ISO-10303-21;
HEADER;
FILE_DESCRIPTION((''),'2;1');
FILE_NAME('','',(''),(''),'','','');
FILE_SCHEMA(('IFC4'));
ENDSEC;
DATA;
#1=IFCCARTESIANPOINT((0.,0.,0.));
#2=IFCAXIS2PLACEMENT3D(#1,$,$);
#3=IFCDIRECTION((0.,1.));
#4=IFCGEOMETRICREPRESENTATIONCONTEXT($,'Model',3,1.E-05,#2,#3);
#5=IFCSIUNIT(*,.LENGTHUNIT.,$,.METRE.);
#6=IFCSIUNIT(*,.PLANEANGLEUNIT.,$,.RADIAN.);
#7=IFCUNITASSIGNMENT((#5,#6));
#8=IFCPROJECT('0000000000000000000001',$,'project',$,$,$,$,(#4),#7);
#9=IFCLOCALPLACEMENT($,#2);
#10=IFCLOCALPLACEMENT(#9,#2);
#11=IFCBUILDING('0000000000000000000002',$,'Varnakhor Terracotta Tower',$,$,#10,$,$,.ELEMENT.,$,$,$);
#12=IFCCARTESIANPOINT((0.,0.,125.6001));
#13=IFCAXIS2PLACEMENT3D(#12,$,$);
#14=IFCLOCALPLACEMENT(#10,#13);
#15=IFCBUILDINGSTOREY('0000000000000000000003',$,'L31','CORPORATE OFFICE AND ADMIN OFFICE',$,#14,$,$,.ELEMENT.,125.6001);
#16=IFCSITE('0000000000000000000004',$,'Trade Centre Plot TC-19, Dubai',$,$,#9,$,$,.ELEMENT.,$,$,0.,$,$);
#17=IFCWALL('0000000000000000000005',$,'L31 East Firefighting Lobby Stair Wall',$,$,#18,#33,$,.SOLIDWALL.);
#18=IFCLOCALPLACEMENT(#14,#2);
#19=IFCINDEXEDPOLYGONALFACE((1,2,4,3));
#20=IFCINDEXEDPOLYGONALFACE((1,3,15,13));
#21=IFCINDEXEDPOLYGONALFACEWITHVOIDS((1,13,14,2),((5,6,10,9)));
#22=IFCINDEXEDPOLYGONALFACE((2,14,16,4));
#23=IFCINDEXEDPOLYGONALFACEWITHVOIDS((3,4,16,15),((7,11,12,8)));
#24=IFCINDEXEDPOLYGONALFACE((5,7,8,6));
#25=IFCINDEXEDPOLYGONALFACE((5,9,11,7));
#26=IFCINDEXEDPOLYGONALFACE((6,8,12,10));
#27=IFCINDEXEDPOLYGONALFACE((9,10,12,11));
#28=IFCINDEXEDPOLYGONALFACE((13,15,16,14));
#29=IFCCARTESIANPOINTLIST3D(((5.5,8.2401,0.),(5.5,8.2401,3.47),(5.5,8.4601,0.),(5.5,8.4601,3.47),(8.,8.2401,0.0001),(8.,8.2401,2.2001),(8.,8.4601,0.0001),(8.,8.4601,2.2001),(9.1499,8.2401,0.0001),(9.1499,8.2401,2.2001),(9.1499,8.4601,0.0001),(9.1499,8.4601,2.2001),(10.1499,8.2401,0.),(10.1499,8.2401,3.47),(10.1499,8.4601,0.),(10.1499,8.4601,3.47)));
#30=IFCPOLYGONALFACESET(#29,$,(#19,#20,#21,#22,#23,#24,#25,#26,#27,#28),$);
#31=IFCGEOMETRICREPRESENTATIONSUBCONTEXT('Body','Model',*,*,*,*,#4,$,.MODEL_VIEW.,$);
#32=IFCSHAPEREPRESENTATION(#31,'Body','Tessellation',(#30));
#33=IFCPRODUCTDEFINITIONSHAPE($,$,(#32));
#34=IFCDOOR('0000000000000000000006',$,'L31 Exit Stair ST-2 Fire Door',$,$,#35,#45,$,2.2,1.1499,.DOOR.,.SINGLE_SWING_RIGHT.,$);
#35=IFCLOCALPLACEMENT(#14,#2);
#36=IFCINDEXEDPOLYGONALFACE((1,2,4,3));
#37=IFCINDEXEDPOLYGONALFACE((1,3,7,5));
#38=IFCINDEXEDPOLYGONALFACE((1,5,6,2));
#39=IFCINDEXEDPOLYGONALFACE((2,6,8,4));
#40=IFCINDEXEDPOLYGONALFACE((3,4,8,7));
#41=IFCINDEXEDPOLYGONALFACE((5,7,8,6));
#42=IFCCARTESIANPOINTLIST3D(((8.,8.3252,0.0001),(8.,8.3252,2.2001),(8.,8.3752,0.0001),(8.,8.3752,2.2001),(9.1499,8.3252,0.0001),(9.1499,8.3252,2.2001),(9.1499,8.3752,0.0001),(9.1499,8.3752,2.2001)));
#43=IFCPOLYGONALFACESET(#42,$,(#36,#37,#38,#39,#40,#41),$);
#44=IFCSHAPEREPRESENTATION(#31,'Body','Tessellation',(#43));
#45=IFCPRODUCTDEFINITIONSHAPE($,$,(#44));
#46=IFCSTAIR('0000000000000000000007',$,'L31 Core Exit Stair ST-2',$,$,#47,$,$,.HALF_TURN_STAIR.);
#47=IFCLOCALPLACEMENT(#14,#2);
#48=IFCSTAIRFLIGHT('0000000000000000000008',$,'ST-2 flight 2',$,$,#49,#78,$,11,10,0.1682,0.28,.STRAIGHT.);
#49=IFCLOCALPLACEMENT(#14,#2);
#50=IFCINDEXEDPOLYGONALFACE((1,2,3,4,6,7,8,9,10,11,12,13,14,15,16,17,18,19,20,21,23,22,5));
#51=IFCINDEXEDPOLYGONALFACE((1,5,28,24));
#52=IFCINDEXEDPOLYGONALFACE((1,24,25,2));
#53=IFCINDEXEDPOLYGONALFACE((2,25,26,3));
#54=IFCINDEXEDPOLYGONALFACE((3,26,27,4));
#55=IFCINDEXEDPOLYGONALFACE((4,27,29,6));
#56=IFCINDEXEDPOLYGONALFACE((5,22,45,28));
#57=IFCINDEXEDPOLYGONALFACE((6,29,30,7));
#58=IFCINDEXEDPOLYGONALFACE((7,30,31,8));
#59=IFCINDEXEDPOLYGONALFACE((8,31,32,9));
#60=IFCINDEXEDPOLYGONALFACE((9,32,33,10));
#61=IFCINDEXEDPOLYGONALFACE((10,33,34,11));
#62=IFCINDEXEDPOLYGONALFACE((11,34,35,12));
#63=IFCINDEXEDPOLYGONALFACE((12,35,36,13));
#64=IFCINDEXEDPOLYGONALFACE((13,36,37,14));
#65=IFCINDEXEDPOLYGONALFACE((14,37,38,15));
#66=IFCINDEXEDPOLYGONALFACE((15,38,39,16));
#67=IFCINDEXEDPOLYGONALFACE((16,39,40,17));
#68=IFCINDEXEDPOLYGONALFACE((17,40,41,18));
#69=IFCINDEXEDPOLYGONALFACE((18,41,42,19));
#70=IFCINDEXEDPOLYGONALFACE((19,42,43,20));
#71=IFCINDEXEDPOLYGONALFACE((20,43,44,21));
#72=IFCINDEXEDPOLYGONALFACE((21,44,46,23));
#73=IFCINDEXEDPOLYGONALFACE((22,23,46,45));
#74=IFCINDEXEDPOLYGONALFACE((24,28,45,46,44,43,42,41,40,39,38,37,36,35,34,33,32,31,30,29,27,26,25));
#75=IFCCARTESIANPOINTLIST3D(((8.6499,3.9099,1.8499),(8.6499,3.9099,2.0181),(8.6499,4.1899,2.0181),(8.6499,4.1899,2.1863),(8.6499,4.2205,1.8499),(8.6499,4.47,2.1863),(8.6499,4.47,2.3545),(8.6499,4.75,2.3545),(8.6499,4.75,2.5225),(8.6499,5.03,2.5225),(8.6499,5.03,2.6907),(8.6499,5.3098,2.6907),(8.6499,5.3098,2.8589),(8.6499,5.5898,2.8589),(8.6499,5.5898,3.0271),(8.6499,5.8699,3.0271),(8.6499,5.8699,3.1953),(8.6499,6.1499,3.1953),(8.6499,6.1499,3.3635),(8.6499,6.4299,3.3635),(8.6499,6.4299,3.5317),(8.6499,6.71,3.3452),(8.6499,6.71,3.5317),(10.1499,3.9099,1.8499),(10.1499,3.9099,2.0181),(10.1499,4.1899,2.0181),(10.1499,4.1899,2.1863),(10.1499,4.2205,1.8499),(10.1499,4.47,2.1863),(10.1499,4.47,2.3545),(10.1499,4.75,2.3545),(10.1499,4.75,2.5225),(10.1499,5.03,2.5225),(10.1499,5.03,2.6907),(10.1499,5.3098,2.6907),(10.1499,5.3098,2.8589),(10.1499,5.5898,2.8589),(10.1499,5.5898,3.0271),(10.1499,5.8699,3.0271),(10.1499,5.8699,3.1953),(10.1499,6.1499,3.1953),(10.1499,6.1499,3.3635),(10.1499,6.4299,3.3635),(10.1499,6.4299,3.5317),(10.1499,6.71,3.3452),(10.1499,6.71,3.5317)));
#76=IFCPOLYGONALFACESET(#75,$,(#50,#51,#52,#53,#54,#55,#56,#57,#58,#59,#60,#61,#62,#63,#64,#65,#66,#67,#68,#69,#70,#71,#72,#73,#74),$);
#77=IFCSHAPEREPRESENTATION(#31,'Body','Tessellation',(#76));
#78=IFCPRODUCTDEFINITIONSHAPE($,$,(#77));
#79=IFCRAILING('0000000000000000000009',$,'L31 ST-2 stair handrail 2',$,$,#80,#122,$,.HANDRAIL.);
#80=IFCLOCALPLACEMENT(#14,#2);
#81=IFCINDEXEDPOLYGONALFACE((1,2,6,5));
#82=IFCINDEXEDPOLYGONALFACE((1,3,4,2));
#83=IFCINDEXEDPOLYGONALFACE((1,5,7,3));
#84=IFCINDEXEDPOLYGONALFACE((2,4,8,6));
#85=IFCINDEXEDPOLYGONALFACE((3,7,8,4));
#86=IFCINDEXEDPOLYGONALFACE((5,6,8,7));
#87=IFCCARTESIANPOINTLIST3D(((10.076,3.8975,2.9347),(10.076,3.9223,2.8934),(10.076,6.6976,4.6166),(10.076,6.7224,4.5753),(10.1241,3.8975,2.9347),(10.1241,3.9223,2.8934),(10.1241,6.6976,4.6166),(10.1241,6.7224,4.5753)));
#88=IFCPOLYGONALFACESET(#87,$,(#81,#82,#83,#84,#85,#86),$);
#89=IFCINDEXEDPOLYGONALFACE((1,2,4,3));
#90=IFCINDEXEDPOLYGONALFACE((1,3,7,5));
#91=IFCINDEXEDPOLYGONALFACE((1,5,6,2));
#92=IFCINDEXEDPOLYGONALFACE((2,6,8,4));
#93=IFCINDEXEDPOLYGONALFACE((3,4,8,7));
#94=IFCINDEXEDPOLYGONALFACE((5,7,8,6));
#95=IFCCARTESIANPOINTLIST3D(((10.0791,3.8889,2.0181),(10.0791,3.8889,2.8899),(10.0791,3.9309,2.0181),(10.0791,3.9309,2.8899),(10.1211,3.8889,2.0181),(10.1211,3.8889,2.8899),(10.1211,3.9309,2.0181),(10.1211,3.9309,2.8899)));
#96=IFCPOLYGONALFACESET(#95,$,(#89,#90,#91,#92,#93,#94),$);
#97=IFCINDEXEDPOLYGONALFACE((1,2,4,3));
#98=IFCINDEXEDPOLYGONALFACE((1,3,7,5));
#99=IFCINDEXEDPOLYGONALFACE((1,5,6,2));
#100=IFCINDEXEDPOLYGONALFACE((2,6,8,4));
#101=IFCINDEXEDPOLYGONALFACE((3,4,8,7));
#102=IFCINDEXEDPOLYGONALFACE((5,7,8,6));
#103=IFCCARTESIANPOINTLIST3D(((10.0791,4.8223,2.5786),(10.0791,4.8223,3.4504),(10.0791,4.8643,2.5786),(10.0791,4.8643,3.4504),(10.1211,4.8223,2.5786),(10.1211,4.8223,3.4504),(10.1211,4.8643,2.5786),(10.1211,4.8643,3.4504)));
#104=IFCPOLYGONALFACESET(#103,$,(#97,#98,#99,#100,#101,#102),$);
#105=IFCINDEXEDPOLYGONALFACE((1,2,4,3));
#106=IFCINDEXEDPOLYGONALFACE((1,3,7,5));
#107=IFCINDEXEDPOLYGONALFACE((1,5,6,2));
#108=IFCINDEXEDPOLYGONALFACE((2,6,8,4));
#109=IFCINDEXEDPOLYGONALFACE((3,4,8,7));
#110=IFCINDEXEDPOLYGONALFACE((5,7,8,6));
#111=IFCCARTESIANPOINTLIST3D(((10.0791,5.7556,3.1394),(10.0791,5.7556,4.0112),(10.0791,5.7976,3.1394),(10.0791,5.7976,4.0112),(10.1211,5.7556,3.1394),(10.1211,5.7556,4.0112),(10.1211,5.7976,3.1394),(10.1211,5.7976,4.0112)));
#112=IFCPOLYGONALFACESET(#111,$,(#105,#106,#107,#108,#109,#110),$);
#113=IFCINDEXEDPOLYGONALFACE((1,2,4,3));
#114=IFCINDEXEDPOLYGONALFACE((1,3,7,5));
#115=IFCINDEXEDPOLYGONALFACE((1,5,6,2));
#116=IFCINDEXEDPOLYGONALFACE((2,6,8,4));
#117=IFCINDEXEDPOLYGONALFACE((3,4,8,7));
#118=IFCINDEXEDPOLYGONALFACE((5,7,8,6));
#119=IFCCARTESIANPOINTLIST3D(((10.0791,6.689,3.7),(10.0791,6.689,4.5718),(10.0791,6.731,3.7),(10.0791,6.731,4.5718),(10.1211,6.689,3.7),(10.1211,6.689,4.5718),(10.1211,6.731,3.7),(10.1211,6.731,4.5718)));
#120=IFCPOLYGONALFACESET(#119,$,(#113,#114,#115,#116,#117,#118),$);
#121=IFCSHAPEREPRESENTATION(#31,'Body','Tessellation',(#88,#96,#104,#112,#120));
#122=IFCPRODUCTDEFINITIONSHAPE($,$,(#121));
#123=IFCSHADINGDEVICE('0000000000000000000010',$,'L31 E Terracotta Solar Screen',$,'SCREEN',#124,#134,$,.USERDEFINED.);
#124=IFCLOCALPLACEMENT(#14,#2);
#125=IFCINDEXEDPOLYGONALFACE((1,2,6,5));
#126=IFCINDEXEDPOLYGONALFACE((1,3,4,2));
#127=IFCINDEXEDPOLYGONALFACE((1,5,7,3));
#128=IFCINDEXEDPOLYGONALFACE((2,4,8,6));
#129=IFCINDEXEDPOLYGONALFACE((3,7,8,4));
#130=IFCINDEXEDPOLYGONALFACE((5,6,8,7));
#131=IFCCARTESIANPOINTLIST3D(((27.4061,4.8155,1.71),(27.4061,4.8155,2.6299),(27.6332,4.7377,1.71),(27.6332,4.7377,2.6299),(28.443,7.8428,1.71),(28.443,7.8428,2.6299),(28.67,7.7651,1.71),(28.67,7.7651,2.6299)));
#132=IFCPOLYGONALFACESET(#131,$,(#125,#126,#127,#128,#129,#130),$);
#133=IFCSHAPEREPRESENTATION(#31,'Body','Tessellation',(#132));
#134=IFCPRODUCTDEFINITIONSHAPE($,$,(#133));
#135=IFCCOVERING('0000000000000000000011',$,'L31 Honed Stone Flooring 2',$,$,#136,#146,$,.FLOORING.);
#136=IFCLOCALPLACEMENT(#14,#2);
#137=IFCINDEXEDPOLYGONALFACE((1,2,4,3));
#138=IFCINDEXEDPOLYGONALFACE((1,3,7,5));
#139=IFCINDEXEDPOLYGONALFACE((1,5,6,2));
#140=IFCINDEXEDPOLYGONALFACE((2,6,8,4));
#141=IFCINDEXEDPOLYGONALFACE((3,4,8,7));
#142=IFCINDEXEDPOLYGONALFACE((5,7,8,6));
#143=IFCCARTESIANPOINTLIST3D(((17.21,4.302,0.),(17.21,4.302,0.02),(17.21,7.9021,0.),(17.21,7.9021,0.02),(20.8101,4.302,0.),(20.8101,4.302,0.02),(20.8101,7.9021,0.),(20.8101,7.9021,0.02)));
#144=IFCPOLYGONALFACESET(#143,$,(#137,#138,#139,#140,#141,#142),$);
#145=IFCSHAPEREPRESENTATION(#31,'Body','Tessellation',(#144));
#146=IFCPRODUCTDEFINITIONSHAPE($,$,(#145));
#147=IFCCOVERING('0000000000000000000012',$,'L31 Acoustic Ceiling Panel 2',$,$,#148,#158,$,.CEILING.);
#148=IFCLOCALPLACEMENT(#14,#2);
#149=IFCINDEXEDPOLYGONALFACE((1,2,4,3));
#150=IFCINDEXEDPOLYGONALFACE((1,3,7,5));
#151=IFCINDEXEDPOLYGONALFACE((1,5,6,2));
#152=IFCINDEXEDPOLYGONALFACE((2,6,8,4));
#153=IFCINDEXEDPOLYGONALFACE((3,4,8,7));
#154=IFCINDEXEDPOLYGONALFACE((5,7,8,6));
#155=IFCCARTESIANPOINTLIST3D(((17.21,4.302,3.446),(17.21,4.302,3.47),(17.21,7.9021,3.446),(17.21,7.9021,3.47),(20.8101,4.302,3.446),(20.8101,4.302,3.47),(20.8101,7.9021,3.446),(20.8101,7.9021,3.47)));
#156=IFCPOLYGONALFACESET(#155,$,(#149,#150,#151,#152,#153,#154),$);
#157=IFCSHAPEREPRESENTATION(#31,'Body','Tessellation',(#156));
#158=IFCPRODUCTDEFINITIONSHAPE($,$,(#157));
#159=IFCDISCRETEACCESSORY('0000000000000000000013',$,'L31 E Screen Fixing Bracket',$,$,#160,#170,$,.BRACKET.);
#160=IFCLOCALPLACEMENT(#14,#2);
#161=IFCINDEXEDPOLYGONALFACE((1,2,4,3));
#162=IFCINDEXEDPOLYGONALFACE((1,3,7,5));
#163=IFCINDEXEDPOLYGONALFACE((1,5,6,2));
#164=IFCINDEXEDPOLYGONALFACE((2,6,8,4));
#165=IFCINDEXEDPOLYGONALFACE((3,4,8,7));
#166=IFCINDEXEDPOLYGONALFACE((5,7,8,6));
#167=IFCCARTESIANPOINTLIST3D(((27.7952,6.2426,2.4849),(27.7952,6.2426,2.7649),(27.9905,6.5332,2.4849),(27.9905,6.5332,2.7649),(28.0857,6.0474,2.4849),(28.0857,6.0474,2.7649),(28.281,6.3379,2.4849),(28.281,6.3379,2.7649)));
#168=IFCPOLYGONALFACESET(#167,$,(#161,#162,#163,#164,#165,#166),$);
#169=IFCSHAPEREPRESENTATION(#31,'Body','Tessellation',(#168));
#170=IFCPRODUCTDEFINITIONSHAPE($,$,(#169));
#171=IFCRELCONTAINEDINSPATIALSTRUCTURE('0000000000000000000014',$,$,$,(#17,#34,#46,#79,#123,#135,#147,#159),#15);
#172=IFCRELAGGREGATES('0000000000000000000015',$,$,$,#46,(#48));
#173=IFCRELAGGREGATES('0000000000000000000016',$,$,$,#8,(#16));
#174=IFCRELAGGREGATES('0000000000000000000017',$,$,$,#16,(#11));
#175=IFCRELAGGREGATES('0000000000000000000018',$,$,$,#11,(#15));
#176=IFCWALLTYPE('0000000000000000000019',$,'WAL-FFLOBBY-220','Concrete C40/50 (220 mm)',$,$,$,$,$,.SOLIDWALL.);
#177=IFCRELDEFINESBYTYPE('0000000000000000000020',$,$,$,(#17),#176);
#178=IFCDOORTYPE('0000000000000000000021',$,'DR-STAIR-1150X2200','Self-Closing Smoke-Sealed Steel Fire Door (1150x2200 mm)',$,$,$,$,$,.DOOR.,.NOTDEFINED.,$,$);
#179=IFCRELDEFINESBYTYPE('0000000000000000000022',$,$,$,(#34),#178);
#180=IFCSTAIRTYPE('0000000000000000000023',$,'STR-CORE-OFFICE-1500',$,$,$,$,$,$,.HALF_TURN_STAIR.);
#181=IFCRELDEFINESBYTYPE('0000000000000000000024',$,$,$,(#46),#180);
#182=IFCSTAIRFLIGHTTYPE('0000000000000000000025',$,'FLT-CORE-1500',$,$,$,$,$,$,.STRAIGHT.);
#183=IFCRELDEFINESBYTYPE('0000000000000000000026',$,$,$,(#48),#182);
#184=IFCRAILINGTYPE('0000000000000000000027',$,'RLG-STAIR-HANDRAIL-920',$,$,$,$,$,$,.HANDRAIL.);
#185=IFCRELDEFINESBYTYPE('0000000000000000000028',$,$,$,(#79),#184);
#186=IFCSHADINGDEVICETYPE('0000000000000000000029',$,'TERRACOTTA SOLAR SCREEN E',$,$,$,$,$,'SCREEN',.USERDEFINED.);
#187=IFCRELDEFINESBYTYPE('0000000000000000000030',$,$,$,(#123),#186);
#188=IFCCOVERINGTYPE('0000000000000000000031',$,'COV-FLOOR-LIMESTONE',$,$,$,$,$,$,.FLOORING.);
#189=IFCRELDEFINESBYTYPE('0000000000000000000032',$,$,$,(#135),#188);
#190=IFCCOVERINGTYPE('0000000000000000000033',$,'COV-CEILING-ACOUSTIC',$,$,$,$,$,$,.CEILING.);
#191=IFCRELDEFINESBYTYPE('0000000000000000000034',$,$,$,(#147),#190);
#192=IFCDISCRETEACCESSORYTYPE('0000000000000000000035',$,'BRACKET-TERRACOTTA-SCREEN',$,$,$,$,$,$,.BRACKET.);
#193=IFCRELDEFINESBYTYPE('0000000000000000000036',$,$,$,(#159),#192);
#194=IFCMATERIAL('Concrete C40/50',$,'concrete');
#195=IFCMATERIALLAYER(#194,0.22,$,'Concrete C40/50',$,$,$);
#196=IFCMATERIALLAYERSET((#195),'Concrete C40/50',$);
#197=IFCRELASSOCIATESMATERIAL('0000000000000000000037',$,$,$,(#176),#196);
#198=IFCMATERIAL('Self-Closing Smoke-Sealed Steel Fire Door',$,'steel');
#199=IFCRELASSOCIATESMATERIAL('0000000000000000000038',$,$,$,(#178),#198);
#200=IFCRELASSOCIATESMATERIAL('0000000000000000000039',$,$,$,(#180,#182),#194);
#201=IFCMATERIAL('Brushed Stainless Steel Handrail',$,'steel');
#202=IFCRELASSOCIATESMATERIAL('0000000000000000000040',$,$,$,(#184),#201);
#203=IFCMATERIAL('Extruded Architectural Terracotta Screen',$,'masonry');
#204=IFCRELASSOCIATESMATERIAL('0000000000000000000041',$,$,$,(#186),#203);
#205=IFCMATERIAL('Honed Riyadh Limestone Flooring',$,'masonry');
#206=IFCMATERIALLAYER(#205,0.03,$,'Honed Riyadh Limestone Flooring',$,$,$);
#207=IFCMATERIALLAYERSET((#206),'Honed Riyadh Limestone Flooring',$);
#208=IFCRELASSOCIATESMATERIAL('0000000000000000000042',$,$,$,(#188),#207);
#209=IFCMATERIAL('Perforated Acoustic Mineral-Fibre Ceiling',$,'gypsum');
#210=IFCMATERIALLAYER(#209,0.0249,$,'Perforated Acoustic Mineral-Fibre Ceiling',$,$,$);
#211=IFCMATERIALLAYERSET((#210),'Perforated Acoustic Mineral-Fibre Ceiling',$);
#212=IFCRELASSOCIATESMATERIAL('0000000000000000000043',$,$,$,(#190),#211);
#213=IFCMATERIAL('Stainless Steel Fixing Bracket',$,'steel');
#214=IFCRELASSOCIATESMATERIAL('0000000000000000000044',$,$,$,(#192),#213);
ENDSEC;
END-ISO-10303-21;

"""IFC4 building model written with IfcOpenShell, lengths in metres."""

from ifc_helpers import new_model, si_unit, direction, frame, frame_2d, origin, origin_2d, place, context, subcontext, project, spatial, polyline, rectangle, outline, extrude, source, transform, mapped, material, layer, layer_set, type_object, type_shapes, element, fill, aggregate, save


model = new_model("IFC4")

# Units and contexts
model_context = context("Model", 3, precision=1e-05, world=origin(), true_north=direction((0.0, 1.0)))
body_context = subcontext(model_context, "Body", "Model", "MODEL_VIEW")
ifc_project = project(units=[si_unit("LENGTHUNIT", "METRE"), si_unit("PLANEANGLEUNIT", "RADIAN")], contexts=[model_context])

# Site, building, storey
site_placement = place(None, origin())
site = spatial("IfcSite", under=ifc_project, at=site_placement, Name="Trade Centre Plot TC-19, Dubai", CompositionType="ELEMENT", RefElevation=0.0)
building_placement = place(site_placement, origin())
building = spatial("IfcBuilding", under=site, at=building_placement, Name="Varnakhor Terracotta Tower", CompositionType="ELEMENT")
storey_placement = place(building_placement, frame((0.0, 0.0, 125.6001)))
storey = spatial("IfcBuildingStorey", under=building, at=storey_placement, Name="L31", Description="CORPORATE OFFICE AND ADMIN OFFICE", CompositionType="ELEMENT", Elevation=125.6001)

# Wall, opening, door
ifc_material_1 = material(Name="Concrete C40/50", Category="concrete")
ifc_layer_1 = layer(ifc_material_1, 0.22, Name="Concrete C40/50")
ifc_layer_set_1 = layer_set([ifc_layer_1], Name="Concrete C40/50")
wall_type_1 = type_object("IfcWallType", Name="WAL-FFLOBBY-220", Description="Concrete C40/50 (220 mm)", PredefinedType="SOLIDWALL", material=ifc_layer_set_1)
wall_1_placement = place(storey_placement, frame((10.1499, 8.3501, 0.0), z_axis=(0.0, 0.0, 1.0), x_axis=(-1.0, 0.0, 0.0)))
wall_1 = element("IfcWall", 1, at=wall_1_placement, inside=storey, type_object=wall_type_1, Name="L31 East Firefighting Lobby Stair Wall", PredefinedType="SOLIDWALL", context=body_context, shape_type="SweptSolid", body=[
    extrude(rectangle(XDim=4.6499, YDim=0.22, at=frame_2d((2.325, 0.0))), origin(), (0.0, 0.0, 1.0), 3.47),
])
opening_placement = place(wall_1_placement, frame((1.0, 0.0, 0.0)))
opening = element("IfcOpeningElement", 2, at=opening_placement, cuts=wall_1, PredefinedType="OPENING", context=body_context, shape_type="SweptSolid", body=[
    extrude(rectangle(XDim=1.1499, YDim=2.2, at=frame_2d((0.575, 1.1001))), frame((0.0, 0.1201, 0.0), z_axis=(0.0, -1.0, 0.0), x_axis=(1.0, 0.0, 0.0)), (0.0, 0.0, 1.0), 0.24),
])
ifc_material_2 = material(Name="Self-Closing Smoke-Sealed Steel Fire Door", Category="steel")
door_type = type_object("IfcDoorType", Name="DR-STAIR-1150X2200", Description="Self-Closing Smoke-Sealed Steel Fire Door (1150x2200 mm)", OperationType="NOTDEFINED", PredefinedType="DOOR", material=ifc_material_2)
shared_shape_1 = source(origin(), body_context, "Body", "SweptSolid", [
    extrude(rectangle(XDim=1.1499, YDim=2.2, at=frame_2d((0.575, 1.1001))), frame((0.0, 0.0249, 0.0), z_axis=(0.0, -1.0, 0.0), x_axis=(1.0, 0.0, 0.0)), (0.0, 0.0, 1.0), 0.05),
])
type_shapes(door_type, [shared_shape_1])
door_placement = place(opening_placement, origin())
door = element("IfcDoor", 3, at=door_placement, inside=storey, type_object=door_type, Name="L31 Exit Stair ST-2 Fire Door", OperationType="SINGLE_SWING_RIGHT", OverallHeight=2.2, OverallWidth=1.1499, PredefinedType="DOOR", context=body_context, shape_type="MappedRepresentation", body=[
    mapped(shared_shape_1, transform((0.0, 0.0, 0.0), scale=1.0)),
])
fill(opening, door)

# Stair, stair flight
stair_type = type_object("IfcStairType", Name="STR-CORE-OFFICE-1500", PredefinedType="HALF_TURN_STAIR", material=ifc_material_1)
stair_placement = place(storey_placement, origin())
stair = element("IfcStair", 4, at=stair_placement, inside=storey, type_object=stair_type, Name="L31 Core Exit Stair ST-2", PredefinedType="HALF_TURN_STAIR")
stair_flight_type = type_object("IfcStairFlightType", Name="FLT-CORE-1500", PredefinedType="STRAIGHT", material=ifc_material_1)
stair_flight_placement = place(storey_placement, frame((9.3999, 3.9099, 1.8499), z_axis=(0.0, 0.0, 1.0), x_axis=(0.0, 1.0, 0.0)))
stair_flight = element("IfcStairFlight", 5, at=stair_flight_placement, type_object=stair_flight_type, Name="ST-2 flight 2", NumberOfRisers=11, NumberOfTreads=10, PredefinedType="STRAIGHT", RiserHeight=0.1682, TreadLength=0.28, context=body_context, shape_type="SweptSolid", body=[
    extrude(outline(polyline([(0.0, 0.0), (0.0, 0.1682), (0.28, 0.1682), (0.28, 0.3364), (0.5601, 0.3364), (0.5601, 0.5046), (0.8401, 0.5046), (0.8401, 0.6726), (1.1201, 0.6726), (1.1201, 0.8408), (1.3999, 0.8408), (1.3999, 1.009), (1.6799, 1.009), (1.6799, 1.1772), (1.96, 1.1772), (1.96, 1.3455), (2.24, 1.3455), (2.24, 1.5137), (2.52, 1.5137), (2.52, 1.6819), (2.8, 1.6819), (2.8, 1.8501), (2.8, 1.4954), (0.3105, 0.0), (0.0, 0.0)])), frame((0.0, 0.75, 0.0), z_axis=(0.0, -1.0, 0.0), x_axis=(1.0, 0.0, 0.0)), (0.0, 0.0, 1.0), 1.5),
])
aggregate(stair, [stair_flight])

# Railing
ifc_material_3 = material(Name="Brushed Stainless Steel Handrail", Category="steel")
railing_type = type_object("IfcRailingType", Name="RLG-STAIR-HANDRAIL-920", PredefinedType="HANDRAIL", material=ifc_material_3)
railing_placement = place(storey_placement, frame((10.1001, 3.9099, 2.0181)))
element("IfcRailing", 6, at=railing_placement, inside=storey, type_object=railing_type, Name="L31 ST-2 stair handrail 2", PredefinedType="HANDRAIL", context=body_context, shape_type="SweptSolid", body=[
    extrude(rectangle(XDim=0.0481, YDim=0.0481, at=origin_2d()), frame((0.0, 0.0, 0.896), z_axis=(0.0, 0.857242, 0.514913), x_axis=(-1.0, 0.0, 0.0)), (0.0, 0.0, 1.0), 3.2664),
    extrude(rectangle(XDim=0.042, YDim=0.042, at=origin_2d()), origin(), (0.0, 0.0, 1.0), 0.8718),
    extrude(rectangle(XDim=0.042, YDim=0.042, at=origin_2d()), frame((0.0, 0.9333, 0.5605)), (0.0, 0.0, 1.0), 0.8718),
    extrude(rectangle(XDim=0.042, YDim=0.042, at=origin_2d()), frame((0.0, 1.8667, 1.1213)), (0.0, 0.0, 1.0), 0.8718),
    extrude(rectangle(XDim=0.042, YDim=0.042, at=origin_2d()), frame((0.0, 2.8, 1.6819)), (0.0, 0.0, 1.0), 0.8718),
])

# Shading device
ifc_material_4 = material(Name="Extruded Architectural Terracotta Screen", Category="masonry")
shading_device_type = type_object("IfcShadingDeviceType", Name="TERRACOTTA SOLAR SCREEN E", ElementType="SCREEN", PredefinedType="USERDEFINED", material=ifc_material_4)
shared_shape_2 = source(origin(), body_context, "Body", "SweptSolid", [
    extrude(rectangle(XDim=3.2, YDim=0.24, at=origin_2d()), origin(), (0.0, 0.0, 1.0), 0.9199),
])
type_shapes(shading_device_type, [shared_shape_2])
shading_device_placement = place(storey_placement, frame((28.0381, 6.2903, 1.71), z_axis=(0.0, 0.0, 1.0), x_axis=(0.324016, 0.946051, 0.0)))
element("IfcShadingDevice", 7, at=shading_device_placement, inside=storey, type_object=shading_device_type, Name="L31 E Terracotta Solar Screen", ObjectType="SCREEN", PredefinedType="USERDEFINED", context=body_context, shape_type="MappedRepresentation", body=[
    mapped(shared_shape_2, transform((0.0, 0.0, 0.0), scale=1.0)),
])

# Coverings
ifc_material_5 = material(Name="Honed Riyadh Limestone Flooring", Category="masonry")
ifc_layer_2 = layer(ifc_material_5, 0.03, Name="Honed Riyadh Limestone Flooring")
ifc_layer_set_2 = layer_set([ifc_layer_2], Name="Honed Riyadh Limestone Flooring")
covering_type_1 = type_object("IfcCoveringType", Name="COV-FLOOR-LIMESTONE", PredefinedType="FLOORING", material=ifc_layer_set_2)
shared_shape_3 = source(origin(), body_context, "Body", "SweptSolid", [
    extrude(rectangle(XDim=3.6001, YDim=3.6001, at=origin_2d()), origin(), (0.0, 0.0, 1.0), 0.02),
])
covering_1_placement = place(storey_placement, frame((19.01, 6.1021, 0.0), z_axis=(0.0, 0.0, 1.0), x_axis=(1.0, 0.0, 0.0)))
element("IfcCovering", 8, at=covering_1_placement, inside=storey, type_object=covering_type_1, Name="L31 Honed Stone Flooring 2", PredefinedType="FLOORING", context=body_context, shape_type="MappedRepresentation", body=[
    mapped(shared_shape_3, transform((0.0, 0.0, 0.0), scale=1.0)),
])
ifc_material_6 = material(Name="Perforated Acoustic Mineral-Fibre Ceiling", Category="gypsum")
ifc_layer_3 = layer(ifc_material_6, 0.0249, Name="Perforated Acoustic Mineral-Fibre Ceiling")
ifc_layer_set_3 = layer_set([ifc_layer_3], Name="Perforated Acoustic Mineral-Fibre Ceiling")
covering_type_2 = type_object("IfcCoveringType", Name="COV-CEILING-ACOUSTIC", PredefinedType="CEILING", material=ifc_layer_set_3)
shared_shape_4 = source(origin(), body_context, "Body", "SweptSolid", [
    extrude(rectangle(XDim=3.6001, YDim=3.6001, at=origin_2d()), origin(), (0.0, 0.0, 1.0), 0.0239),
])
covering_2_placement = place(storey_placement, frame((19.01, 6.1021, 3.446), z_axis=(0.0, 0.0, 1.0), x_axis=(1.0, 0.0, 0.0)))
element("IfcCovering", 9, at=covering_2_placement, inside=storey, type_object=covering_type_2, Name="L31 Acoustic Ceiling Panel 2", PredefinedType="CEILING", context=body_context, shape_type="MappedRepresentation", body=[
    mapped(shared_shape_4, transform((0.0, 0.0, 0.0), scale=1.0)),
])

# Discrete accessory
ifc_material_7 = material(Name="Stainless Steel Fixing Bracket", Category="steel")
discrete_accessory_type = type_object("IfcDiscreteAccessoryType", Name="BRACKET-TERRACOTTA-SCREEN", PredefinedType="BRACKET", material=ifc_material_7)
shared_shape_5 = source(origin(), body_context, "Body", "SweptSolid", [
    extrude(rectangle(XDim=0.3501, YDim=0.3501, at=origin_2d()), origin(), (0.0, 0.0, 1.0), 0.28),
])
type_shapes(discrete_accessory_type, [shared_shape_5])
discrete_accessory_placement = place(storey_placement, frame((28.0381, 6.2903, 2.4849), z_axis=(0.0, 0.0, 1.0), x_axis=(0.557832, 0.829954, 0.0)))
element("IfcDiscreteAccessory", 10, at=discrete_accessory_placement, inside=storey, type_object=discrete_accessory_type, Name="L31 E Screen Fixing Bracket", PredefinedType="BRACKET", context=body_context, shape_type="MappedRepresentation", body=[
    mapped(shared_shape_5, transform((0.0, 0.0, 0.0), scale=1.0)),
])

save(model, "model.ifc")
